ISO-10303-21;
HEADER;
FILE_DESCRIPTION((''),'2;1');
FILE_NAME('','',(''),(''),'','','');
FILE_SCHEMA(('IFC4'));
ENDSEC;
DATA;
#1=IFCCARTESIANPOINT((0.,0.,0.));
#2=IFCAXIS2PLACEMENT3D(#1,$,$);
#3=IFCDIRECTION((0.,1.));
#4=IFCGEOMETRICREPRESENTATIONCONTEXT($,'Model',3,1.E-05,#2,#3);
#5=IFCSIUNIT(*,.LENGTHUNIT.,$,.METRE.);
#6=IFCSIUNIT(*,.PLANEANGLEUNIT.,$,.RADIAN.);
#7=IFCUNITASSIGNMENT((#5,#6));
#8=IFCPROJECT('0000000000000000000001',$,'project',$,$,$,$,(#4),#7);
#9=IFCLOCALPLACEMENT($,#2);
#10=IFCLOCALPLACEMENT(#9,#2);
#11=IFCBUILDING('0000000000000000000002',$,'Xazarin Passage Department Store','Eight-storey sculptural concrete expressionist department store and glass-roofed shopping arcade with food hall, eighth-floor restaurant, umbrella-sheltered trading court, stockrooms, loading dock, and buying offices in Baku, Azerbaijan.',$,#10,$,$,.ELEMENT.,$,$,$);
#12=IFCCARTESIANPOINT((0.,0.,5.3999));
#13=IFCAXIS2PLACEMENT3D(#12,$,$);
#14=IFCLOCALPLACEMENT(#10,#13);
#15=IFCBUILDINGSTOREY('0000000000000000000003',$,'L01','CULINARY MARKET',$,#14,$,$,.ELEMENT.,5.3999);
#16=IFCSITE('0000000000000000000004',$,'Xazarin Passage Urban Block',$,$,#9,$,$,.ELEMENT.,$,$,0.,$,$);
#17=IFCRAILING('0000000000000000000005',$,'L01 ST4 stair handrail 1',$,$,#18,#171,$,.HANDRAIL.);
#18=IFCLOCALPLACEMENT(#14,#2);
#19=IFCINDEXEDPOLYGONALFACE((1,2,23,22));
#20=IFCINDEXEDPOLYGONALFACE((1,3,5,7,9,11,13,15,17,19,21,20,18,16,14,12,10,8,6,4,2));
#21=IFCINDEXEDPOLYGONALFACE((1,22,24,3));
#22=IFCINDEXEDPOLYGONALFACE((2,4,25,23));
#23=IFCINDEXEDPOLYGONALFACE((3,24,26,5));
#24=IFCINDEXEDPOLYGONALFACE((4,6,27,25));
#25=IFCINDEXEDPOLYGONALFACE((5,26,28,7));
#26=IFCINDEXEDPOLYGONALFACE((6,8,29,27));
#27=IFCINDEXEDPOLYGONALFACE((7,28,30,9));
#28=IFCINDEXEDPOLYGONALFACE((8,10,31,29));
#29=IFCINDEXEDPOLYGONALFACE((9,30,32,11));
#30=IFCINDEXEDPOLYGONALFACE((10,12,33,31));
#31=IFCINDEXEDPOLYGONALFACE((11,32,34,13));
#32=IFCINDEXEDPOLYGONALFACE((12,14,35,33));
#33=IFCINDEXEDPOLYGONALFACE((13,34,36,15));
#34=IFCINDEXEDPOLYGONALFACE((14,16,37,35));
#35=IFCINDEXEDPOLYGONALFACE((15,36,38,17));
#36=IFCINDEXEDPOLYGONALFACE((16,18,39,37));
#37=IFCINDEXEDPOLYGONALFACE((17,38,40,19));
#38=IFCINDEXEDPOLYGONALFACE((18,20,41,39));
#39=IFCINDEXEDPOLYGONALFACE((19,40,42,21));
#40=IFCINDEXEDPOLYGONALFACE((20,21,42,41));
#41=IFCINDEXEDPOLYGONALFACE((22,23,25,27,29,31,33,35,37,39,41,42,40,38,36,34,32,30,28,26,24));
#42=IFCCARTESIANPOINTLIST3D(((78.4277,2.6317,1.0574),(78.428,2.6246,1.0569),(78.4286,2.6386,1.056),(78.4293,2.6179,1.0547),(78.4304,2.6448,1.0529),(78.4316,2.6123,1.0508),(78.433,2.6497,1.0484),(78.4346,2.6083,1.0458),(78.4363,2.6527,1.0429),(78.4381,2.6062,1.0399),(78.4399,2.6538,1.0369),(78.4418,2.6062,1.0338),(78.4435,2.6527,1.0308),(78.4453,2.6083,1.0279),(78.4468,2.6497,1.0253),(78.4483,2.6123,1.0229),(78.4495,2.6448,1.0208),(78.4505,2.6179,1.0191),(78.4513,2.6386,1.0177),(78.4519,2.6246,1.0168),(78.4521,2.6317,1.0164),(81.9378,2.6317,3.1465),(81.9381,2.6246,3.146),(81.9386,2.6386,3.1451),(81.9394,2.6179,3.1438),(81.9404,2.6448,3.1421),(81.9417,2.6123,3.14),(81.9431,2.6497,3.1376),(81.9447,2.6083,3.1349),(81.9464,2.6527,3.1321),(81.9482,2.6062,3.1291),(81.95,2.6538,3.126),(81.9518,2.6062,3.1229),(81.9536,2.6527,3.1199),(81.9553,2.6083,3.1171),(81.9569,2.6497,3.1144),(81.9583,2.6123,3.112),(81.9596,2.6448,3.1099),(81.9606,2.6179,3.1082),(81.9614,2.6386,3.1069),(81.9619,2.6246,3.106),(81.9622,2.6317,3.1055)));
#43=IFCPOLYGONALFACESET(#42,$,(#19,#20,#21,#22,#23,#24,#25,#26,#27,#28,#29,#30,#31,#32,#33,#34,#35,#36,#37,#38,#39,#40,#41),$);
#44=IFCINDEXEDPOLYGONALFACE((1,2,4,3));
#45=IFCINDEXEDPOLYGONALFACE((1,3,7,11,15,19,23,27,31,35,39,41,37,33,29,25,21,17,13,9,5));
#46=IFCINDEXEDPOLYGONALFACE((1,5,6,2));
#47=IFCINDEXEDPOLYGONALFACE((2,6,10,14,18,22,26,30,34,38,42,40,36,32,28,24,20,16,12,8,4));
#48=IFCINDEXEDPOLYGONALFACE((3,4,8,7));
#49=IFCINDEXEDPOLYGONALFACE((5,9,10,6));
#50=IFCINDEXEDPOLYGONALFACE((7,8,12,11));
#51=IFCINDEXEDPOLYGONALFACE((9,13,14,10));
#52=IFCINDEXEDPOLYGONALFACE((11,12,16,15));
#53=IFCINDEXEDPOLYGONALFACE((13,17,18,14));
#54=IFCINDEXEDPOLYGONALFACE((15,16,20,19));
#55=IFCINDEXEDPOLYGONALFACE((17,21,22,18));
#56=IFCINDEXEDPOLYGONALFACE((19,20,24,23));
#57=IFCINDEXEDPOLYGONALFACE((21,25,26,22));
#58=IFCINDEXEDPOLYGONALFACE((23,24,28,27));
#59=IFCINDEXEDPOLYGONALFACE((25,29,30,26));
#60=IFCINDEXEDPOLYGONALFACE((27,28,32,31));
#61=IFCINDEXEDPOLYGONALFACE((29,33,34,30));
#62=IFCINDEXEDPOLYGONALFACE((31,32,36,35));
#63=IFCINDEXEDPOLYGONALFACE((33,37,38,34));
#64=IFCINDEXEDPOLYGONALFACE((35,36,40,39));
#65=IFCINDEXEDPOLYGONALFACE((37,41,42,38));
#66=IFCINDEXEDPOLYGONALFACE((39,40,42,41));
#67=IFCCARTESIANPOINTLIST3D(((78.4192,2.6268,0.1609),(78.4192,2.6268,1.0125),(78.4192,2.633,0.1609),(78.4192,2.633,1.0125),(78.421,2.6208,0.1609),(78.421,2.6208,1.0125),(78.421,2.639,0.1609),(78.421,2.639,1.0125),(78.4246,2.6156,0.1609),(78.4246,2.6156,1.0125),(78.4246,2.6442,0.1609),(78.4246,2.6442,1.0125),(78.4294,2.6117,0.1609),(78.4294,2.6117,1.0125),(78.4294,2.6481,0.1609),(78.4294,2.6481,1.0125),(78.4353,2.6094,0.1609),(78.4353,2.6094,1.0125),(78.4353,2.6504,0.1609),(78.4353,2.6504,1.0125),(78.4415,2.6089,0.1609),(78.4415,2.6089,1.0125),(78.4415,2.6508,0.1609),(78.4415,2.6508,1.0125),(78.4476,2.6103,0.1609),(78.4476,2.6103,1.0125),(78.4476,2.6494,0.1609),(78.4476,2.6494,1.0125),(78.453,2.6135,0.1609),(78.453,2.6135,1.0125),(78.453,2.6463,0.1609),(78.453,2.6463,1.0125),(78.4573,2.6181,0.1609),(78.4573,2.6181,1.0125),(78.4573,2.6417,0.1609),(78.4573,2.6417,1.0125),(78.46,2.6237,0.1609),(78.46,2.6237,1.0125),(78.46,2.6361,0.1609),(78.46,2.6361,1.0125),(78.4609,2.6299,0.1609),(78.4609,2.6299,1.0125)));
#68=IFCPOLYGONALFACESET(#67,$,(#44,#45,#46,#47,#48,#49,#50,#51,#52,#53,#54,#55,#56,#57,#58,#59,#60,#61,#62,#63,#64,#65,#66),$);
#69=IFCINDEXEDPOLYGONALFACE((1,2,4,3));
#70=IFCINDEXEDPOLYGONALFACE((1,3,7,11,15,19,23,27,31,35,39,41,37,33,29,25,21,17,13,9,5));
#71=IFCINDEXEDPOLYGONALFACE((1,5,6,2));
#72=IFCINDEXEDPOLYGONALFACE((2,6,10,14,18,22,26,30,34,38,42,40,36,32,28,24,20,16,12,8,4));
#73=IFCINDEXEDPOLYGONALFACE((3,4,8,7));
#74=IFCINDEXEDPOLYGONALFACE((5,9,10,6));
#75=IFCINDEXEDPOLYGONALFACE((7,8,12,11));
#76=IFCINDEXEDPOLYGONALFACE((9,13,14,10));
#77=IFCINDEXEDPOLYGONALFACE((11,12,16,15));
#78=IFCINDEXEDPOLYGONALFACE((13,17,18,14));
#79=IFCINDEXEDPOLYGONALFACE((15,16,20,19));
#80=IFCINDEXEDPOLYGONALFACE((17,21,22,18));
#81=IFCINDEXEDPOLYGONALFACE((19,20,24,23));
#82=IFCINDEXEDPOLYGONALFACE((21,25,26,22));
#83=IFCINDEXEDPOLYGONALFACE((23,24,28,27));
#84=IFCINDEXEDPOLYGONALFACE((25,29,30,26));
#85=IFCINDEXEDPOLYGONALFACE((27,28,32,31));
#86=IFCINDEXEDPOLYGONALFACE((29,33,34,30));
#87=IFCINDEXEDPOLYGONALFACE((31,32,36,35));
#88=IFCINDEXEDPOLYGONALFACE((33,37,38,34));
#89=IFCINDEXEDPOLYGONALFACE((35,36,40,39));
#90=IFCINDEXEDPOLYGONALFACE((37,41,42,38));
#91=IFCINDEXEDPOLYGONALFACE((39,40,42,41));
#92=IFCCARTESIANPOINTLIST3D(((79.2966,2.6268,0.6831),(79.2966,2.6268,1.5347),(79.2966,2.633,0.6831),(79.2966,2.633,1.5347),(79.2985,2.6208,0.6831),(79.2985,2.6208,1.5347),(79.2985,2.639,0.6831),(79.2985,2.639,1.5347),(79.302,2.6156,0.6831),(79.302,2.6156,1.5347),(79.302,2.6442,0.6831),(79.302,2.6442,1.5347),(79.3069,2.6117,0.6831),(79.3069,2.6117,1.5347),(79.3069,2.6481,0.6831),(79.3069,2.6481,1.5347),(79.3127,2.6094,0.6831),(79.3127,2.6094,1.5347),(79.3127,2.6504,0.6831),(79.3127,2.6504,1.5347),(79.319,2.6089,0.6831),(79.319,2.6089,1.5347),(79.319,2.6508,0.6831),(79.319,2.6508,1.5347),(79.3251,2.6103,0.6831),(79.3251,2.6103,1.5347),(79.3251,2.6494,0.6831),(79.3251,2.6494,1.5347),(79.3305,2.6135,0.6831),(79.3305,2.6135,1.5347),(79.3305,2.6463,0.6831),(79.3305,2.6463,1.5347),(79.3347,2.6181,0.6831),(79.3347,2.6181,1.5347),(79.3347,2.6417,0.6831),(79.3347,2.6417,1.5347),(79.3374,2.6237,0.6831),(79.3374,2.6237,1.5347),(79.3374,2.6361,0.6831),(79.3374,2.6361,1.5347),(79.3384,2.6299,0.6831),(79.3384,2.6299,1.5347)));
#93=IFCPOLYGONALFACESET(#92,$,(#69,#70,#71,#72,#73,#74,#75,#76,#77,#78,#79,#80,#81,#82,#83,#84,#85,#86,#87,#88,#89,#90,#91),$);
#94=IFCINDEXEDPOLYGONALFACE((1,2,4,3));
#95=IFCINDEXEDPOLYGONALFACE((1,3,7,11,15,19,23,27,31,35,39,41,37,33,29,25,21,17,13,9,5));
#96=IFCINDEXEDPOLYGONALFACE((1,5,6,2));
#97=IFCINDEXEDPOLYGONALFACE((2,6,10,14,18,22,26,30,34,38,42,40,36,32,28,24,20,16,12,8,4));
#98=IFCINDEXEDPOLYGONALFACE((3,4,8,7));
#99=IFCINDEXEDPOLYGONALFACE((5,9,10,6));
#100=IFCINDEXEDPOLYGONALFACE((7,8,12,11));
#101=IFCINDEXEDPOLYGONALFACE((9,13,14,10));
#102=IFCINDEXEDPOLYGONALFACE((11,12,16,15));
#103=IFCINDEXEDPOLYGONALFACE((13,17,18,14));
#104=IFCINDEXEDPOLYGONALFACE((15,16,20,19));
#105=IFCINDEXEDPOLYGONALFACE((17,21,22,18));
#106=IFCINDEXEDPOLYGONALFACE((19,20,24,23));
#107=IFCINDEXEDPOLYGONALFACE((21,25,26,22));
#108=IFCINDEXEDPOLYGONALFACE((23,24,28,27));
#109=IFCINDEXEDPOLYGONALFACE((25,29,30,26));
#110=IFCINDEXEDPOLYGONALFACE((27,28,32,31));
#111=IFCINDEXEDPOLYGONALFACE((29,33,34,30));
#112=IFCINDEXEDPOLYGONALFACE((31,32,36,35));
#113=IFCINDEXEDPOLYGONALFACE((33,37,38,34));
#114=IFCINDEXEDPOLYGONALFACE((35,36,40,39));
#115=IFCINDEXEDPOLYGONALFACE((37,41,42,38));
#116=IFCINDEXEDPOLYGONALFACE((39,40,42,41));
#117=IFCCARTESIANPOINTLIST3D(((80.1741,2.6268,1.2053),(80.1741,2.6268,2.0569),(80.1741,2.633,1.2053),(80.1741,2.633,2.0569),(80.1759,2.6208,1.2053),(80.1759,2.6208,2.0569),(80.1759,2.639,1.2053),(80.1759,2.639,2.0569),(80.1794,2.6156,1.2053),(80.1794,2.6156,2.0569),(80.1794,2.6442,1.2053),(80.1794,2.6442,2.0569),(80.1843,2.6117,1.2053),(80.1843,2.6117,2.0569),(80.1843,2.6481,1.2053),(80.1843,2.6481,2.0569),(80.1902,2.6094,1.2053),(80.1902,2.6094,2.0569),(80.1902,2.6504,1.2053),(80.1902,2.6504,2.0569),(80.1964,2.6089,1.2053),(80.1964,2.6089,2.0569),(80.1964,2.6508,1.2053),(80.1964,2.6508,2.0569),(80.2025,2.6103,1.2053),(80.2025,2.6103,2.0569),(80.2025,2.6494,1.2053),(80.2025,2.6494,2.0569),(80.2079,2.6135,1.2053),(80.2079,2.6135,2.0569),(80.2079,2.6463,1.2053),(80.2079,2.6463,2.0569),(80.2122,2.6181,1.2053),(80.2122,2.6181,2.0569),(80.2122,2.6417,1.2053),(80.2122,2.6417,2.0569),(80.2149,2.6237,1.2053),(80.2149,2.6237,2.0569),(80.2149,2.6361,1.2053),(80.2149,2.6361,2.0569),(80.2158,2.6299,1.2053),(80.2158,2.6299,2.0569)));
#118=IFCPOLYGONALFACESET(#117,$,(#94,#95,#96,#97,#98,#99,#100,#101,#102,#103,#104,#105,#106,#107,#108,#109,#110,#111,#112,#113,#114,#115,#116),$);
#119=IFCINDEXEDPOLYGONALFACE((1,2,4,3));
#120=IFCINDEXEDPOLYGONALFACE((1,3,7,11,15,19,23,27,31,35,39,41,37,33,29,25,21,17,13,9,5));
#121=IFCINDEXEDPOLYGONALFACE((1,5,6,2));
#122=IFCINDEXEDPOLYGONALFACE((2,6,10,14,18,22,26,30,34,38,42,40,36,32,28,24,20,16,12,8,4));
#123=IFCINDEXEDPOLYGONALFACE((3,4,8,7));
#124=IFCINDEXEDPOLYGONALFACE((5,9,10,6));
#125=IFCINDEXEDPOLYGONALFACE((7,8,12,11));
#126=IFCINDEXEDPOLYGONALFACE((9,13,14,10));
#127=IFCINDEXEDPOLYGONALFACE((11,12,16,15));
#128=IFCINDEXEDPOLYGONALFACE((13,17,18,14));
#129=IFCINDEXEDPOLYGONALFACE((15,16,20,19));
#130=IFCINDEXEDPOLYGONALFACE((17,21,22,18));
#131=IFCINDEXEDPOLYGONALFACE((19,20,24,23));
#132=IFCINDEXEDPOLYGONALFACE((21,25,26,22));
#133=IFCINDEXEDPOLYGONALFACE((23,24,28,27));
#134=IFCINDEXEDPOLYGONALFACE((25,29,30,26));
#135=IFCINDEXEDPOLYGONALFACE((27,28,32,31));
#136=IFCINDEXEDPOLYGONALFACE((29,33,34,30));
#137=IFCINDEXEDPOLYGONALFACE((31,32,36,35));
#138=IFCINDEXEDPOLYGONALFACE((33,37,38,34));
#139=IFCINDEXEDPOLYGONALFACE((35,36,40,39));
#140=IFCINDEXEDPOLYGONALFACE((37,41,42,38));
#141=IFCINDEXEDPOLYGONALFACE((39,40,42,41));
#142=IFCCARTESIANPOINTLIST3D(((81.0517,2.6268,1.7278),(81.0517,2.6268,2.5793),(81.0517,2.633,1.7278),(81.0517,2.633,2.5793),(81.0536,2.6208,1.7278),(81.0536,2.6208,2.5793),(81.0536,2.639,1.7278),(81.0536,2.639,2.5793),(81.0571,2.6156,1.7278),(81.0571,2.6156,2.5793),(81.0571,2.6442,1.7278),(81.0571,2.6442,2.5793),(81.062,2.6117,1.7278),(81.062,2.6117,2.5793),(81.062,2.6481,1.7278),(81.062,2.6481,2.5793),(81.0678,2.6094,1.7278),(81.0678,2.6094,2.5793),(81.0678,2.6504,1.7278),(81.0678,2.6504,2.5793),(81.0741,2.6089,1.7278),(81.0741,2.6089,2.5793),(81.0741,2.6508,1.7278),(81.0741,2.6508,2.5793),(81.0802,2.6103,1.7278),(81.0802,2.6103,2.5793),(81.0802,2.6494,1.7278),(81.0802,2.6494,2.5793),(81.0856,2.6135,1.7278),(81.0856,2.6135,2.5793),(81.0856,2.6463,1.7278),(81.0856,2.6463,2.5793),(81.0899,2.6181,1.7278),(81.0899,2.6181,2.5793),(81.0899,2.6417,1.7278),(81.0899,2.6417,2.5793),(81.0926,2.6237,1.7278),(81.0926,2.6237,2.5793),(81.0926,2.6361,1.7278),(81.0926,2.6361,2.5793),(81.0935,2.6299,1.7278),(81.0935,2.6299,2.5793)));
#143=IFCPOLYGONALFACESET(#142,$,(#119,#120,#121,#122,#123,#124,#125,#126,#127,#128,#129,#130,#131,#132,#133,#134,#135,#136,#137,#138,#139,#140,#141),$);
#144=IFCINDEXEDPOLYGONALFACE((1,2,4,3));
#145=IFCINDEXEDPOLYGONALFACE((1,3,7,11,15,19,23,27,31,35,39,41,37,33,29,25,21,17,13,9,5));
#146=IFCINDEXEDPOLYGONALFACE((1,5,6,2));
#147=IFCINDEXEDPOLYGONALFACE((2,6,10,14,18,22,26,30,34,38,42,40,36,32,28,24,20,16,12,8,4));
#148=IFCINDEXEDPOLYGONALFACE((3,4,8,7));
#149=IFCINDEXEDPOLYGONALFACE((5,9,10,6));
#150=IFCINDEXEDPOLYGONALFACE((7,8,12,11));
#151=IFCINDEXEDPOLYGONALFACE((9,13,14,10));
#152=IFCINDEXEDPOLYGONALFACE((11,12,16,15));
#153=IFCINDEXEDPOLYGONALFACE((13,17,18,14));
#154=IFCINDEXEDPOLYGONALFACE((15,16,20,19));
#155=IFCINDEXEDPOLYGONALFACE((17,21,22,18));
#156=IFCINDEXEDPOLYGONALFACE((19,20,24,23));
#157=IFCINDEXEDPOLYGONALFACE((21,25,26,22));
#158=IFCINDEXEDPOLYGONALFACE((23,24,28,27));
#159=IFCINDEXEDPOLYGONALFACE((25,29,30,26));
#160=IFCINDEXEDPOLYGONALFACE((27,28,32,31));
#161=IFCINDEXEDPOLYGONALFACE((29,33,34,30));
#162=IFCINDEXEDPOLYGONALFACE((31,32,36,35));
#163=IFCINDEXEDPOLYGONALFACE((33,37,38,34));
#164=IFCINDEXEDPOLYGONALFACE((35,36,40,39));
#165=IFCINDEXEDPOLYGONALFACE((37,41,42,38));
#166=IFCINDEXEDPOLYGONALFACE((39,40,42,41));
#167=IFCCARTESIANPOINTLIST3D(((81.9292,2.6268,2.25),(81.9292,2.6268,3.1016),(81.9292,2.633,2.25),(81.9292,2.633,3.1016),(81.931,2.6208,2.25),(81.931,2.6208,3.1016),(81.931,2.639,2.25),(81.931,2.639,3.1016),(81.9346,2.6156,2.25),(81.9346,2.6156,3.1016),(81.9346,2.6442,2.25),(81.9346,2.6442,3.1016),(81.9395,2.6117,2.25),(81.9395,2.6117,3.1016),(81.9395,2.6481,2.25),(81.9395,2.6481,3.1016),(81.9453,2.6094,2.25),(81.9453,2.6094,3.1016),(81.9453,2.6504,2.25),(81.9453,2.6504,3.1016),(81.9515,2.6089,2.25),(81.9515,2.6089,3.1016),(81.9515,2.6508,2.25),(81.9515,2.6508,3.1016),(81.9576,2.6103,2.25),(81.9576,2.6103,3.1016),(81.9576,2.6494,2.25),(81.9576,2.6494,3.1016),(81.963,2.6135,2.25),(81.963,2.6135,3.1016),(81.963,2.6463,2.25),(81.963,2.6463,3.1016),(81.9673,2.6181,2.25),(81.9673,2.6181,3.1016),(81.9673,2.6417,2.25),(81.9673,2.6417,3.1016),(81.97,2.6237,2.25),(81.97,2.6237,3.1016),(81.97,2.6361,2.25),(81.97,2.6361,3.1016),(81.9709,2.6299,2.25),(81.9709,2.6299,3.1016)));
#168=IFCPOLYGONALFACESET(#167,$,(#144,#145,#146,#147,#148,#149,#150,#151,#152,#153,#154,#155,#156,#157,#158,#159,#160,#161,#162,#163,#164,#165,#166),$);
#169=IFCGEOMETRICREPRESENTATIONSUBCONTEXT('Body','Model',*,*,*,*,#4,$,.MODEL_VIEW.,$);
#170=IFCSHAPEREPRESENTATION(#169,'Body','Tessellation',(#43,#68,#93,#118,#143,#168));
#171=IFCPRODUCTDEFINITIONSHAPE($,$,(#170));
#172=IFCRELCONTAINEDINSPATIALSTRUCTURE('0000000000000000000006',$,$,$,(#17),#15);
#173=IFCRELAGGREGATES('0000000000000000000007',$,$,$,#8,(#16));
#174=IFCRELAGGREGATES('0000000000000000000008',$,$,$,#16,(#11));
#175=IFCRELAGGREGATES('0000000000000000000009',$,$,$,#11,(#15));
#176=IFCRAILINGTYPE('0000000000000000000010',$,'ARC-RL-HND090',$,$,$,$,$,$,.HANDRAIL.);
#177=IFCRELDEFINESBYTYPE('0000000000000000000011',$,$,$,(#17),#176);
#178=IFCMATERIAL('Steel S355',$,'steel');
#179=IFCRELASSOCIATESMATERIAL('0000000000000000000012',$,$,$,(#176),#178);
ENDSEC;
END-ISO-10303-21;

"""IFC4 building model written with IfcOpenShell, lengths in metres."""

from ifc_helpers import new_model, si_unit, direction, frame, origin, origin_2d, place, context, subcontext, project, spatial, circle, extrude, material, type_object, element, save


model = new_model("IFC4")

# Units and contexts
model_context = context("Model", 3, precision=1e-05, world=origin(), true_north=direction((0.0, 1.0)))
body_context = subcontext(model_context, "Body", "Model", "MODEL_VIEW")
ifc_project = project(units=[si_unit("LENGTHUNIT", "METRE"), si_unit("PLANEANGLEUNIT", "RADIAN")], contexts=[model_context])

# Site, building, storey
site_placement = place(None, origin())
site = spatial("IfcSite", under=ifc_project, at=site_placement, Name="Xazarin Passage Urban Block", CompositionType="ELEMENT", RefElevation=0.0)
building_placement = place(site_placement, origin())
building = spatial("IfcBuilding", under=site, at=building_placement, Name="Xazarin Passage Department Store", Description="Eight-storey sculptural concrete expressionist department store and glass-roofed shopping arcade with food hall, eighth-floor restaurant, umbrella-sheltered trading court, stockrooms, loading dock, and buying offices in Baku, Azerbaijan.", CompositionType="ELEMENT")
storey_placement = place(building_placement, frame((0.0, 0.0, 5.3999)))
storey = spatial("IfcBuildingStorey", under=building, at=storey_placement, Name="L01", Description="CULINARY MARKET", CompositionType="ELEMENT", Elevation=5.3999)

# Railing
ifc_material_1 = material(Name="Steel S355", Category="steel")
railing_type_1 = type_object("IfcRailingType", Name="ARC-RL-HND090", PredefinedType="HANDRAIL", material=ifc_material_1)
railing_1_placement = place(storey_placement, frame((78.4399, 2.6299, 0.1609)))
element("IfcRailing", 1, at=railing_1_placement, inside=storey, type_object=railing_type_1, Name="L01 ST4 stair handrail 1", PredefinedType="HANDRAIL", context=body_context, shape_type="SweptSolid", body=[
    extrude(circle(Radius=0.0239, at=origin_2d()), frame((0.0, 0.0, 0.876), z_axis=(0.859312, 0.0, 0.511451), x_axis=(0.0, 1.0, 0.0)), (0.0, 0.0, 1.0), 4.0847),
    extrude(circle(Radius=0.021, at=origin_2d()), origin(), (0.0, 0.0, 1.0), 0.8516),
    extrude(circle(Radius=0.021, at=origin_2d()), frame((0.8774, 0.0, 0.5222)), (0.0, 0.0, 1.0), 0.8516),
    extrude(circle(Radius=0.021, at=origin_2d()), frame((1.7549, 0.0, 1.0444)), (0.0, 0.0, 1.0), 0.8516),
    extrude(circle(Radius=0.021, at=origin_2d()), frame((2.6326, 0.0, 1.5669)), (0.0, 0.0, 1.0), 0.8516),
    extrude(circle(Radius=0.021, at=origin_2d()), frame((3.51, 0.0, 2.0891)), (0.0, 0.0, 1.0), 0.8516),
])

save(model, "model.ifc")
